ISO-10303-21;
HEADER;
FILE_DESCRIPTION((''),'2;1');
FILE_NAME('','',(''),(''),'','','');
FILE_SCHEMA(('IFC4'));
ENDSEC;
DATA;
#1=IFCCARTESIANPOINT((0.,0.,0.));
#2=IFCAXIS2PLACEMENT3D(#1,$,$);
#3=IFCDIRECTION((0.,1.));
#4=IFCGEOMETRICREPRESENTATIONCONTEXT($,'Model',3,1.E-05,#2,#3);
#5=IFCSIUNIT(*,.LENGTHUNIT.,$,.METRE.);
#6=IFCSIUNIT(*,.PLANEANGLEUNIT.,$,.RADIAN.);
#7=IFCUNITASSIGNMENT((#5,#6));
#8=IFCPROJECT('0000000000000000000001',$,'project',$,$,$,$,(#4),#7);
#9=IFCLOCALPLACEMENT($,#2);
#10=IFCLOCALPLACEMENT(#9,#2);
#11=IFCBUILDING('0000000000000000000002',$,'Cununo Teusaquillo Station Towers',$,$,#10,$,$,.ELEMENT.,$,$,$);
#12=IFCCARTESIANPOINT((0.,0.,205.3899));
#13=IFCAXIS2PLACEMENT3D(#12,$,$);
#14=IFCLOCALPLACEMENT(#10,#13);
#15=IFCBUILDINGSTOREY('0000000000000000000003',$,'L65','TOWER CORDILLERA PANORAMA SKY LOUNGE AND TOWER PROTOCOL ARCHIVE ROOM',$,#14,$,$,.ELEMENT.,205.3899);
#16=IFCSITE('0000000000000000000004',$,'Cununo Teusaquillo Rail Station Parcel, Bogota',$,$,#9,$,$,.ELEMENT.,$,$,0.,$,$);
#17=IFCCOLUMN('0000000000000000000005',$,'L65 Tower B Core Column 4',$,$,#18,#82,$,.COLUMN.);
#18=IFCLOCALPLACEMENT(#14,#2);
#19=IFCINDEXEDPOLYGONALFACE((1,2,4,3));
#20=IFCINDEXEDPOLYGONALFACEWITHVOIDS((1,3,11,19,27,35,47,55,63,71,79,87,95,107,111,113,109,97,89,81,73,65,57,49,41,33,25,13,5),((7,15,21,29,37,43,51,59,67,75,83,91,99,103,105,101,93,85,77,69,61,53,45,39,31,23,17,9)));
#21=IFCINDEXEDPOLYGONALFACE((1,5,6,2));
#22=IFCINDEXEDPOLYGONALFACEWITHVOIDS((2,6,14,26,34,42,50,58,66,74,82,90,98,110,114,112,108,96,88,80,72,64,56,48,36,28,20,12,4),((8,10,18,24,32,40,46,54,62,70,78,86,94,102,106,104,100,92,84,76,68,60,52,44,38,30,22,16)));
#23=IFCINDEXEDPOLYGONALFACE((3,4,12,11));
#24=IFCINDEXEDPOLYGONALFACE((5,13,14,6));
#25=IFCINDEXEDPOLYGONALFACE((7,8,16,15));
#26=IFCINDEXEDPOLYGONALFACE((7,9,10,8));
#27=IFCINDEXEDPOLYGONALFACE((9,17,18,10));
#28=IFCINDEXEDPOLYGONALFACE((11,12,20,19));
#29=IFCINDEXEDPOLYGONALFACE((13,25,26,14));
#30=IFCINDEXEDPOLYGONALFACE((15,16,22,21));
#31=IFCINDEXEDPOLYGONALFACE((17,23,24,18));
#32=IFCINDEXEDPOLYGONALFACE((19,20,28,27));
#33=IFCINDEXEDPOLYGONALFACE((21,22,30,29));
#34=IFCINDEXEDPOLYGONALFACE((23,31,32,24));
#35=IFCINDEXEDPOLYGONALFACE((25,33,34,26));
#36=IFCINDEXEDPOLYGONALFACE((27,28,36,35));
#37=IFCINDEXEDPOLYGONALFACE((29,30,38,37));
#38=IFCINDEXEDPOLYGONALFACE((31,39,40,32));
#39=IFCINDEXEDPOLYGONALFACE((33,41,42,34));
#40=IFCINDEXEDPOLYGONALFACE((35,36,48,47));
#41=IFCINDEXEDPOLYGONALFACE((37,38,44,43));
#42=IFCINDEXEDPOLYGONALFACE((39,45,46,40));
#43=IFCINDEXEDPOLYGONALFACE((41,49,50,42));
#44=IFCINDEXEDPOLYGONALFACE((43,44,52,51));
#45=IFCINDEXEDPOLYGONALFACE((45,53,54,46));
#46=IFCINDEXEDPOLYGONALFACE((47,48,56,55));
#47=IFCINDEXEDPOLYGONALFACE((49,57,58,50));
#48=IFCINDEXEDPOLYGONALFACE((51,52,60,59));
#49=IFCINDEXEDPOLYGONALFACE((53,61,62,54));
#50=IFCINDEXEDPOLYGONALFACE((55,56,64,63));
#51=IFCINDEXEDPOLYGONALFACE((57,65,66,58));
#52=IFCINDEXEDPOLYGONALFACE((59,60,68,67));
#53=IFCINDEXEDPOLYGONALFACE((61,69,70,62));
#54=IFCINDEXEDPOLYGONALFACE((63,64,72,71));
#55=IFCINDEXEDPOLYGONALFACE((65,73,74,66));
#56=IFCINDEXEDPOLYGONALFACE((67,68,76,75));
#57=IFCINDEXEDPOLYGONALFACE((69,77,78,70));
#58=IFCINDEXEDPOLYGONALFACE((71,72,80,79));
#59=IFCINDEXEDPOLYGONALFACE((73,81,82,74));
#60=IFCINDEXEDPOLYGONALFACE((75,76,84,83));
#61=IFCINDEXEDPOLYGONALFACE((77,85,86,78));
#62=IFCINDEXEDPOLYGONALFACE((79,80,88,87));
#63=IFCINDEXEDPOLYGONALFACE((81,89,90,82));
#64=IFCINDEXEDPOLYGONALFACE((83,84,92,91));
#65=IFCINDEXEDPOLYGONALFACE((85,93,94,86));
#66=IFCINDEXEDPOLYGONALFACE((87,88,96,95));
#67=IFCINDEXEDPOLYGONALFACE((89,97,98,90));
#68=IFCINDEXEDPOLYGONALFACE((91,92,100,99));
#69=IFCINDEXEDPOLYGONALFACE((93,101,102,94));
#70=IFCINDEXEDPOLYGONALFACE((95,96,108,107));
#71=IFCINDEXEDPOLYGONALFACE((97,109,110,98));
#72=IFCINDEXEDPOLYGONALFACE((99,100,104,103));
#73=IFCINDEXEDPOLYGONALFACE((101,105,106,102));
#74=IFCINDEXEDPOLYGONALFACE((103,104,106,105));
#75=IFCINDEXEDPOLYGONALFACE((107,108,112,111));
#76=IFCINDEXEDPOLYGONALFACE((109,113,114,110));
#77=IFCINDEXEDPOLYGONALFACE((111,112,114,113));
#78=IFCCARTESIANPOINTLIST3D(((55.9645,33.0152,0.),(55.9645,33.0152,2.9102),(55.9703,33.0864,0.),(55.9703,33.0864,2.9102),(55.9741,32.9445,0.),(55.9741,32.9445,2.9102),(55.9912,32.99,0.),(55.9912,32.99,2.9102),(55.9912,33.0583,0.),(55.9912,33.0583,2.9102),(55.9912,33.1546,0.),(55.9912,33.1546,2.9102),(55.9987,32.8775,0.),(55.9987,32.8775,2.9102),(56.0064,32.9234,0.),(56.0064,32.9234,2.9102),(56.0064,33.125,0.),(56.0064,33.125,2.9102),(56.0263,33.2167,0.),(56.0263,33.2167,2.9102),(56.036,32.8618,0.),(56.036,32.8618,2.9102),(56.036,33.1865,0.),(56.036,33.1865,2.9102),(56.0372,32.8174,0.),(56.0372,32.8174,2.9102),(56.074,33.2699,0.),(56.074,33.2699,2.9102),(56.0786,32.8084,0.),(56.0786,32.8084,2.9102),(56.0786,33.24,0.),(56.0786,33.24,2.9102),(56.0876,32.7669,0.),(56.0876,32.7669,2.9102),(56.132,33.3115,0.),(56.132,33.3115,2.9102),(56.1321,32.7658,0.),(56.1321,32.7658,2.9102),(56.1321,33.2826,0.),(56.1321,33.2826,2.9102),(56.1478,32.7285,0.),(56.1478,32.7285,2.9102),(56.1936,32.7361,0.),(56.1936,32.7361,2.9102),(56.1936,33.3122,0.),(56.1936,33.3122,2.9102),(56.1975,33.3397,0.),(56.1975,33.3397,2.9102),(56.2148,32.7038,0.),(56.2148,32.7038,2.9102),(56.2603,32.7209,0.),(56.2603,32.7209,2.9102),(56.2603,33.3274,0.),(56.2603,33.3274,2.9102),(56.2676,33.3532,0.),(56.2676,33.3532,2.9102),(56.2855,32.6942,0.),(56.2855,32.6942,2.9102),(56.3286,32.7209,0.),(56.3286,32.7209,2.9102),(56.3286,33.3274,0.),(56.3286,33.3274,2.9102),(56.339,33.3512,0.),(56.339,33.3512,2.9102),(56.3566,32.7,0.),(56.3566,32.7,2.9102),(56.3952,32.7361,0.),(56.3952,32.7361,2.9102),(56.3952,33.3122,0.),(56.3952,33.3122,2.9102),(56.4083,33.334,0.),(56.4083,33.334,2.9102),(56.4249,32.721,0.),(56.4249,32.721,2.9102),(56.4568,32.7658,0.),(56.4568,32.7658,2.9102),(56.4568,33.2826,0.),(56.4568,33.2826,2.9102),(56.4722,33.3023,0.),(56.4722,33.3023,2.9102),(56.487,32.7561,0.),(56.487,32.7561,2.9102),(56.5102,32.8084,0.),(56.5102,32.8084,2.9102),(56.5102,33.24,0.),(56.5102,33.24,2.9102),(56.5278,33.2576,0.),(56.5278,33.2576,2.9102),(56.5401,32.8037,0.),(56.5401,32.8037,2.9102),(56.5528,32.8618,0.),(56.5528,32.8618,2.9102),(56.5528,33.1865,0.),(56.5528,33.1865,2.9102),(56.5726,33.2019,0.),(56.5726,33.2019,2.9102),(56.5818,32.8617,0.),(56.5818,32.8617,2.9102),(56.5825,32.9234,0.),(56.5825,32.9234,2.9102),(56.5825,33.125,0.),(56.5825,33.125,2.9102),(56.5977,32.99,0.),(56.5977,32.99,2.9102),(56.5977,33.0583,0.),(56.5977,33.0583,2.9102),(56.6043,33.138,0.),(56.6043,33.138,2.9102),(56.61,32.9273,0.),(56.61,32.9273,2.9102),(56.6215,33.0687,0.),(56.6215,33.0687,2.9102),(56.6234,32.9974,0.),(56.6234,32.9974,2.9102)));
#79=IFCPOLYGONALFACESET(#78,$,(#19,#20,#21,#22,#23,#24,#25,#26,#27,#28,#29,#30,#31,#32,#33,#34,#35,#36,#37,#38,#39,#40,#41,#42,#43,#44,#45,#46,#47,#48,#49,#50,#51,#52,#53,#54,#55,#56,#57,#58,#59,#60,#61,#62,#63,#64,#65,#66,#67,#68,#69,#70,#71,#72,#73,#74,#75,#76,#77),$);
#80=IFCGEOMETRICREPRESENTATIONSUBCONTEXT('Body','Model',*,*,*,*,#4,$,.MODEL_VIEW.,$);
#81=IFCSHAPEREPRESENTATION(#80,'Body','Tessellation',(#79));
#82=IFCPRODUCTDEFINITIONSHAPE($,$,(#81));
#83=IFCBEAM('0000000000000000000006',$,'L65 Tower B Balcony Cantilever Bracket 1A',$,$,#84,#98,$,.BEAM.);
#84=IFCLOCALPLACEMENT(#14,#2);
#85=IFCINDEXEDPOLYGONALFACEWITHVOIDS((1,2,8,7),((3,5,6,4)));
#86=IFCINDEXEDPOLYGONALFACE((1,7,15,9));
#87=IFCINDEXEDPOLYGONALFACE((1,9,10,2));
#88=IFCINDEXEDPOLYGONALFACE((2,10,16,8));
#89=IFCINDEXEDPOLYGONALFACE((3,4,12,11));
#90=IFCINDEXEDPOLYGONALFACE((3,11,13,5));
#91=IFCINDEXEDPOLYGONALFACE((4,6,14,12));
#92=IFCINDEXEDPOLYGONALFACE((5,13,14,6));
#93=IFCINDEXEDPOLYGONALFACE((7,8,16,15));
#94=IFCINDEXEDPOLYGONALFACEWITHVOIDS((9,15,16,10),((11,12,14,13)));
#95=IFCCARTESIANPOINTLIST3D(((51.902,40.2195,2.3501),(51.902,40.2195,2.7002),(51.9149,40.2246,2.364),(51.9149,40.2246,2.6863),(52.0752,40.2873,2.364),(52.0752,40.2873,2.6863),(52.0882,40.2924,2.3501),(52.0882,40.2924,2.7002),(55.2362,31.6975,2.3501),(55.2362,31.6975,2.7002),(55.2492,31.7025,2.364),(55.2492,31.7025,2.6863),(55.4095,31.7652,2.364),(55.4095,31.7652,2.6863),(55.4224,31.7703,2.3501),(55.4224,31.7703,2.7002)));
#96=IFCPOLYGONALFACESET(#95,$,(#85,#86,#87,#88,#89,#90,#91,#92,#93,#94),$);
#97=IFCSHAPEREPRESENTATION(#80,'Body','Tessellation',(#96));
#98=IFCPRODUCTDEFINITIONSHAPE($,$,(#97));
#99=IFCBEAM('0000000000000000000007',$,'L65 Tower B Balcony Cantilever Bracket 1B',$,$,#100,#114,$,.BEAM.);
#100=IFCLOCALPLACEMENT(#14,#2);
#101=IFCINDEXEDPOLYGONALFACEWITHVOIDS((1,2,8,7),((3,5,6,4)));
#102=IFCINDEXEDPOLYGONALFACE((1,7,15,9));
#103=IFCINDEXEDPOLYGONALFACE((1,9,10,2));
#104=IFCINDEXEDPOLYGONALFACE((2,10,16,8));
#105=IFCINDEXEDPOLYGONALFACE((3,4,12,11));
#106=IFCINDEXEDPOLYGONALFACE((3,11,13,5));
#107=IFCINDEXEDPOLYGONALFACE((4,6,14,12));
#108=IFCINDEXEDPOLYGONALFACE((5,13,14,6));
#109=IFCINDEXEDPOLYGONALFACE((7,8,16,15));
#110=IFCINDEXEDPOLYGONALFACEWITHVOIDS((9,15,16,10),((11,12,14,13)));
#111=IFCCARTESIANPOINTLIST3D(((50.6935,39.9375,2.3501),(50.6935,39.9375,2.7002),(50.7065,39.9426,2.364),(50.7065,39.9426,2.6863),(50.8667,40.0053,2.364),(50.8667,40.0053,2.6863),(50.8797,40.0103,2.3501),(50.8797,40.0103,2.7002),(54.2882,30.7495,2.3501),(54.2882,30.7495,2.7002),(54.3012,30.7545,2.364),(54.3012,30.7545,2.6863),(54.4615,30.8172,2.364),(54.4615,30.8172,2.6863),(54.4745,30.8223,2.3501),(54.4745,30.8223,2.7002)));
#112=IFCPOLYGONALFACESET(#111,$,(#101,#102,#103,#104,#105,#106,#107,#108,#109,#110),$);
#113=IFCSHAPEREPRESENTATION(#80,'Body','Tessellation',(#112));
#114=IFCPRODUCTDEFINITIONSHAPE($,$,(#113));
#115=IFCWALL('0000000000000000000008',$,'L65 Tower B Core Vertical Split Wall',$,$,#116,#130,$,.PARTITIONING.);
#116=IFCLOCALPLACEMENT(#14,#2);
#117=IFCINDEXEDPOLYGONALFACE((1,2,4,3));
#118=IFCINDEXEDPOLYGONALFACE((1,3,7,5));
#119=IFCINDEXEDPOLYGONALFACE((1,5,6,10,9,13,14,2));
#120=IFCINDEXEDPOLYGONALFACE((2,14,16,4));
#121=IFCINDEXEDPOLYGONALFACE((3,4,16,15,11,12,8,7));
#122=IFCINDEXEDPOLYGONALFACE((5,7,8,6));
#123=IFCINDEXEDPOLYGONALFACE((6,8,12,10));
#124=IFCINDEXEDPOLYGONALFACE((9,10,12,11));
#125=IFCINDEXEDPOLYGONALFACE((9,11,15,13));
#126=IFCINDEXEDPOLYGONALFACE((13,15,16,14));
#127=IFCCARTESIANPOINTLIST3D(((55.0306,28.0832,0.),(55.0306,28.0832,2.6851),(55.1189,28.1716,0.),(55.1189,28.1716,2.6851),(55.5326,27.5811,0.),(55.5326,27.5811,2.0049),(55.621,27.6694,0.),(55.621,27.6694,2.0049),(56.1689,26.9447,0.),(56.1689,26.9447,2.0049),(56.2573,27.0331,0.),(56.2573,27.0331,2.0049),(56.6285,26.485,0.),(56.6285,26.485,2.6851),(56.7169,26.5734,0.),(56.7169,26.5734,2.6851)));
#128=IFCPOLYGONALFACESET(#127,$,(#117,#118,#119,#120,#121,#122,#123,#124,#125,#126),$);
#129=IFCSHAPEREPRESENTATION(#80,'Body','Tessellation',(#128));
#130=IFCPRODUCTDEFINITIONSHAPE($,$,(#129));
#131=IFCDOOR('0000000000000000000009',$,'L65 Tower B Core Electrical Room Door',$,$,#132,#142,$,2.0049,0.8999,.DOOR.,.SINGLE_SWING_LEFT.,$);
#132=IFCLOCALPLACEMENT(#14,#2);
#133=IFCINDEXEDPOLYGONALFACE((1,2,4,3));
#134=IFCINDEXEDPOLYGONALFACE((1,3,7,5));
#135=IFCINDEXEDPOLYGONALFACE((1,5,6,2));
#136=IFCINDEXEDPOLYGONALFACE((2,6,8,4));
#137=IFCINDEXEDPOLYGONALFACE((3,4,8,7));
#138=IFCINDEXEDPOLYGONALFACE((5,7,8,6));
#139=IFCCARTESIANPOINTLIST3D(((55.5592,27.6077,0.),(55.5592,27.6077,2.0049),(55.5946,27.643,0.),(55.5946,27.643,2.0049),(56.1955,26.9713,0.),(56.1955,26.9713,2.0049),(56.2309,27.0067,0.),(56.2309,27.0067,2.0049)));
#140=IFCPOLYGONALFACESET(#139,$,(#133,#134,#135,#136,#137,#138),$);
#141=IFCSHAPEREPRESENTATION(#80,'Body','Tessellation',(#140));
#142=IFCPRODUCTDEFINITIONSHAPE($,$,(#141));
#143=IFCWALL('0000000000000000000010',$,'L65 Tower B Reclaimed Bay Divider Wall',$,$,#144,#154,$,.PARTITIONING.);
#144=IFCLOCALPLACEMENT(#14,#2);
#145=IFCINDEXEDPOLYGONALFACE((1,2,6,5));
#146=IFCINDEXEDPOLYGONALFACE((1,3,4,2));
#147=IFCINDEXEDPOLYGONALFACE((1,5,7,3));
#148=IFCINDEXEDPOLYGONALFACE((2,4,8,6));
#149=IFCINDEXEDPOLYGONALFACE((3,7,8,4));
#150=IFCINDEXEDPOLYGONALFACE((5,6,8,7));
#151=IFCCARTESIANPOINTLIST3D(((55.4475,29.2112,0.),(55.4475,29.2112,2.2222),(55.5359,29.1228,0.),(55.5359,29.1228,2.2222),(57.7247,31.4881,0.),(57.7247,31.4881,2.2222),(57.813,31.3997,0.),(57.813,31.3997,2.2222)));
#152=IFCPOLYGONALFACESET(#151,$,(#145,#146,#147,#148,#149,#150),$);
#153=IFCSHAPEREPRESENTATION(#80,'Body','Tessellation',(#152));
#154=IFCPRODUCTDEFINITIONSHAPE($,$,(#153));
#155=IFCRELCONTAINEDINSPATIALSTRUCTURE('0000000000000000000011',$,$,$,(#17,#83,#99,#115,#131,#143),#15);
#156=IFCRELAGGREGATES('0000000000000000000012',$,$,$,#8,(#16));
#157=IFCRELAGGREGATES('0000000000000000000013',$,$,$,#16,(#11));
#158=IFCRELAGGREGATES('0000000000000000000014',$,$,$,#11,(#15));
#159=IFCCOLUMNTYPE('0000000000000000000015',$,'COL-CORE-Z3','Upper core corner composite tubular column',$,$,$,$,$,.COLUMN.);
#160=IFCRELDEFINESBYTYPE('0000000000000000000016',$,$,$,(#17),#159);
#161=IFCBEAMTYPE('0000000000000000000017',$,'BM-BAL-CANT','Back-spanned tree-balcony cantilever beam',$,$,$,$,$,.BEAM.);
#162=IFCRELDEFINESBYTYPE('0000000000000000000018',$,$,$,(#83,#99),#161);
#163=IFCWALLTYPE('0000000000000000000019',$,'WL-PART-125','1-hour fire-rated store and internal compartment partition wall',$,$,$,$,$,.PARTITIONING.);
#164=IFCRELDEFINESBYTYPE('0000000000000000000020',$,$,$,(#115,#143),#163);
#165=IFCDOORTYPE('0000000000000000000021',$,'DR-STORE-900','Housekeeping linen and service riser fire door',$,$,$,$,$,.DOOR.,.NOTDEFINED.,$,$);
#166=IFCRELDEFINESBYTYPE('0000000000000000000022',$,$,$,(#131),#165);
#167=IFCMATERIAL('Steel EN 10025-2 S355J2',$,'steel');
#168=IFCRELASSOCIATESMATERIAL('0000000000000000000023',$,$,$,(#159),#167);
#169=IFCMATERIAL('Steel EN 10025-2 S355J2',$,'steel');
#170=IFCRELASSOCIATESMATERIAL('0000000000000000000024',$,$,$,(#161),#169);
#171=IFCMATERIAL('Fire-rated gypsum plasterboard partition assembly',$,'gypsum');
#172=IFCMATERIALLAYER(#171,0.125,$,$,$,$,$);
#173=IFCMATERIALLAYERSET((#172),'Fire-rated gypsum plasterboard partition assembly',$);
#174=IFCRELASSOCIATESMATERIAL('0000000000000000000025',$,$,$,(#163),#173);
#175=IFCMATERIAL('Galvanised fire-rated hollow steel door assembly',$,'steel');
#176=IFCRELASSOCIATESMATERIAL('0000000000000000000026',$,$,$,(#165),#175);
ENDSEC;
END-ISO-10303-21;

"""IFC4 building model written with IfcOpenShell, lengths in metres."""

from ifc_helpers import new_model, si_unit, direction, frame, frame_2d, origin, origin_2d, place, context, subcontext, project, spatial, rectangle, hollow_rectangle, hollow_circle, extrude, source, transform, mapped, material, layer, layer_set, material_profile, profile_set, type_object, element, fill, save


model = new_model("IFC4")

# Units and contexts
model_context = context("Model", 3, precision=1e-05, world=origin(), true_north=direction((0.0, 1.0)))
body_context = subcontext(model_context, "Body", "Model", "MODEL_VIEW")
ifc_project = project(units=[si_unit("LENGTHUNIT", "METRE"), si_unit("PLANEANGLEUNIT", "RADIAN")], contexts=[model_context])

# Site, building, storey
site_placement = place(None, origin())
site = spatial("IfcSite", under=ifc_project, at=site_placement, Name="Cununo Teusaquillo Rail Station Parcel, Bogota", CompositionType="ELEMENT", RefElevation=0.0)
building_placement = place(site_placement, origin())
building = spatial("IfcBuilding", under=site, at=building_placement, Name="Cununo Teusaquillo Station Towers", CompositionType="ELEMENT")
storey_placement = place(building_placement, frame((0.0, 0.0, 205.3899)))
storey = spatial("IfcBuildingStorey", under=building, at=storey_placement, Name="L65", Description="TOWER CORDILLERA PANORAMA SKY LOUNGE AND TOWER PROTOCOL ARCHIVE ROOM", CompositionType="ELEMENT", Elevation=205.3899)

# Column
ifc_material_1 = material(Name="Steel EN 10025-2 S355J2", Category="steel")
ifc_material_profile_1 = material_profile(ifc_material_1, hollow_circle(Radius=0.3301, WallThickness=0.0249, at=origin_2d()), Name="CHS 660x25")
ifc_profile_set_1 = profile_set([ifc_material_profile_1], Name="Steel EN 10025-2 S355J2")
column_type = type_object("IfcColumnType", Name="COL-CORE-Z3", Description="Upper core corner composite tubular column", PredefinedType="COLUMN", material=ifc_profile_set_1)
column_placement = place(storey_placement, frame((56.2944, 33.0242, 0.0), z_axis=(0.0, 0.0, 1.0), x_axis=(0.707107, 0.707107, 0.0)))
element("IfcColumn", 1, at=column_placement, inside=storey, type_object=column_type, Name="L65 Tower B Core Column 4", PredefinedType="COLUMN", context=body_context, shape_type="SweptSolid", body=[
    extrude(hollow_circle(Radius=0.3301, WallThickness=0.0249, at=origin_2d()), origin(), (0.0, 0.0, 1.0), 2.9102),
])

# Beams
ifc_material_2 = material(Name="Steel EN 10025-2 S355J2", Category="steel")
ifc_material_profile_2 = material_profile(ifc_material_2, hollow_rectangle(XDim=0.2, YDim=0.3501, WallThickness=0.0139, at=origin_2d()), Name="RHS 350x200x14")
ifc_profile_set_2 = profile_set([ifc_material_profile_2], Name="Steel EN 10025-2 S355J2")
beam_type = type_object("IfcBeamType", Name="BM-BAL-CANT", Description="Back-spanned tree-balcony cantilever beam", PredefinedType="BEAM", material=ifc_profile_set_2)
beam_1_placement = place(storey_placement, frame((55.3293, 31.7339, 2.5251), z_axis=(-0.364356, 0.93126, 0.0), x_axis=(-0.93126, -0.364356, 0.0)))
element("IfcBeam", 2, at=beam_1_placement, inside=storey, type_object=beam_type, Name="L65 Tower B Balcony Cantilever Bracket 1A", PredefinedType="BEAM", context=body_context, shape_type="SweptSolid", body=[
    extrude(hollow_rectangle(XDim=0.2, YDim=0.3501, WallThickness=0.0139, at=origin_2d()), origin(), (0.0, 0.0, 1.0), 9.1511),
])
beam_2_placement = place(storey_placement, frame((54.3813, 30.7859, 2.5251), z_axis=(-0.364349, 0.931262, 0.0), x_axis=(-0.931262, -0.364349, 0.0)))
element("IfcBeam", 3, at=beam_2_placement, inside=storey, type_object=beam_type, Name="L65 Tower B Balcony Cantilever Bracket 1B", PredefinedType="BEAM", context=body_context, shape_type="SweptSolid", body=[
    extrude(hollow_rectangle(XDim=0.2, YDim=0.3501, WallThickness=0.0139, at=origin_2d()), origin(), (0.0, 0.0, 1.0), 9.8662),
])

# Wall, opening, door
ifc_material_3 = material(Name="Fire-rated gypsum plasterboard partition assembly", Category="gypsum")
ifc_layer_1 = layer(ifc_material_3, 0.125)
ifc_layer_set_1 = layer_set([ifc_layer_1], Name="Fire-rated gypsum plasterboard partition assembly")
wall_type_1 = type_object("IfcWallType", Name="WL-PART-125", Description="1-hour fire-rated store and internal compartment partition wall", PredefinedType="PARTITIONING", material=ifc_layer_set_1)
wall_1_placement = place(storey_placement, frame((56.6726, 26.5293, 0.0), z_axis=(0.0, 0.0, 1.0), x_axis=(-0.707053, 0.707161, 0.0)))
wall_1 = element("IfcWall", 4, at=wall_1_placement, inside=storey, type_object=wall_type_1, Name="L65 Tower B Core Vertical Split Wall", PredefinedType="PARTITIONING", context=body_context, shape_type="SweptSolid", body=[
    extrude(rectangle(XDim=2.26, YDim=0.125, at=frame_2d((1.1299, 0.0))), origin(), (0.0, 0.0, 1.0), 2.6851),
])
shared_shape_1 = source(origin(), body_context, "Body", "SweptSolid", [
    extrude(rectangle(XDim=0.8999, YDim=2.0049, at=frame_2d((0.45, 1.0024))), frame((0.0, 0.0725, 0.0), z_axis=(0.0, -1.0, 0.0), x_axis=(1.0, 0.0, 0.0)), (0.0, 0.0, 1.0), 0.145),
])
opening_1_placement = place(wall_1_placement, frame((0.6499, 0.0, 0.0)))
opening_1 = element("IfcOpeningElement", 5, at=opening_1_placement, cuts=wall_1, PredefinedType="OPENING", context=body_context, shape_type="MappedRepresentation", body=[
    mapped(shared_shape_1, transform((0.0, 0.0, 0.0), x_axis=(1.0, 0.0, 0.0), y_axis=(0.0, 1.0, 0.0), z_axis=(0.0, 0.0, 1.0), scale=1.0)),
])
ifc_material_4 = material(Name="Galvanised fire-rated hollow steel door assembly", Category="steel")
door_type_1 = type_object("IfcDoorType", Name="DR-STORE-900", Description="Housekeeping linen and service riser fire door", OperationType="NOTDEFINED", PredefinedType="DOOR", material=ifc_material_4)
shared_shape_2 = source(origin(), body_context, "Body", "SweptSolid", [
    extrude(rectangle(XDim=0.8999, YDim=2.0049, at=frame_2d((0.45, 1.0024))), frame((0.0, 0.0249, 0.0), z_axis=(0.0, -1.0, 0.0), x_axis=(1.0, 0.0, 0.0)), (0.0, 0.0, 1.0), 0.05),
])
door_1_placement = place(opening_1_placement, origin())
door_1 = element("IfcDoor", 6, at=door_1_placement, inside=storey, type_object=door_type_1, Name="L65 Tower B Core Electrical Room Door", OperationType="SINGLE_SWING_LEFT", OverallHeight=2.0049, OverallWidth=0.8999, PredefinedType="DOOR", context=body_context, shape_type="MappedRepresentation", body=[
    mapped(shared_shape_2, transform((0.0, 0.0, 0.0), x_axis=(1.0, 0.0, 0.0), y_axis=(0.0, 1.0, 0.0), z_axis=(0.0, 0.0, 1.0), scale=1.0)),
])
fill(opening_1, door_1)

# Wall
wall_2_placement = place(storey_placement, frame((55.4917, 29.167, 0.0), z_axis=(0.0, 0.0, 1.0), x_axis=(0.707145, 0.707069, 0.0)))
element("IfcWall", 7, at=wall_2_placement, inside=storey, type_object=wall_type_1, Name="L65 Tower B Reclaimed Bay Divider Wall", PredefinedType="PARTITIONING", context=body_context, shape_type="SweptSolid", body=[
    extrude(rectangle(XDim=3.2202, YDim=0.125, at=frame_2d((1.6101, 0.0))), origin(), (0.0, 0.0, 1.0), 2.2222),
])

save(model, "model.ifc")
